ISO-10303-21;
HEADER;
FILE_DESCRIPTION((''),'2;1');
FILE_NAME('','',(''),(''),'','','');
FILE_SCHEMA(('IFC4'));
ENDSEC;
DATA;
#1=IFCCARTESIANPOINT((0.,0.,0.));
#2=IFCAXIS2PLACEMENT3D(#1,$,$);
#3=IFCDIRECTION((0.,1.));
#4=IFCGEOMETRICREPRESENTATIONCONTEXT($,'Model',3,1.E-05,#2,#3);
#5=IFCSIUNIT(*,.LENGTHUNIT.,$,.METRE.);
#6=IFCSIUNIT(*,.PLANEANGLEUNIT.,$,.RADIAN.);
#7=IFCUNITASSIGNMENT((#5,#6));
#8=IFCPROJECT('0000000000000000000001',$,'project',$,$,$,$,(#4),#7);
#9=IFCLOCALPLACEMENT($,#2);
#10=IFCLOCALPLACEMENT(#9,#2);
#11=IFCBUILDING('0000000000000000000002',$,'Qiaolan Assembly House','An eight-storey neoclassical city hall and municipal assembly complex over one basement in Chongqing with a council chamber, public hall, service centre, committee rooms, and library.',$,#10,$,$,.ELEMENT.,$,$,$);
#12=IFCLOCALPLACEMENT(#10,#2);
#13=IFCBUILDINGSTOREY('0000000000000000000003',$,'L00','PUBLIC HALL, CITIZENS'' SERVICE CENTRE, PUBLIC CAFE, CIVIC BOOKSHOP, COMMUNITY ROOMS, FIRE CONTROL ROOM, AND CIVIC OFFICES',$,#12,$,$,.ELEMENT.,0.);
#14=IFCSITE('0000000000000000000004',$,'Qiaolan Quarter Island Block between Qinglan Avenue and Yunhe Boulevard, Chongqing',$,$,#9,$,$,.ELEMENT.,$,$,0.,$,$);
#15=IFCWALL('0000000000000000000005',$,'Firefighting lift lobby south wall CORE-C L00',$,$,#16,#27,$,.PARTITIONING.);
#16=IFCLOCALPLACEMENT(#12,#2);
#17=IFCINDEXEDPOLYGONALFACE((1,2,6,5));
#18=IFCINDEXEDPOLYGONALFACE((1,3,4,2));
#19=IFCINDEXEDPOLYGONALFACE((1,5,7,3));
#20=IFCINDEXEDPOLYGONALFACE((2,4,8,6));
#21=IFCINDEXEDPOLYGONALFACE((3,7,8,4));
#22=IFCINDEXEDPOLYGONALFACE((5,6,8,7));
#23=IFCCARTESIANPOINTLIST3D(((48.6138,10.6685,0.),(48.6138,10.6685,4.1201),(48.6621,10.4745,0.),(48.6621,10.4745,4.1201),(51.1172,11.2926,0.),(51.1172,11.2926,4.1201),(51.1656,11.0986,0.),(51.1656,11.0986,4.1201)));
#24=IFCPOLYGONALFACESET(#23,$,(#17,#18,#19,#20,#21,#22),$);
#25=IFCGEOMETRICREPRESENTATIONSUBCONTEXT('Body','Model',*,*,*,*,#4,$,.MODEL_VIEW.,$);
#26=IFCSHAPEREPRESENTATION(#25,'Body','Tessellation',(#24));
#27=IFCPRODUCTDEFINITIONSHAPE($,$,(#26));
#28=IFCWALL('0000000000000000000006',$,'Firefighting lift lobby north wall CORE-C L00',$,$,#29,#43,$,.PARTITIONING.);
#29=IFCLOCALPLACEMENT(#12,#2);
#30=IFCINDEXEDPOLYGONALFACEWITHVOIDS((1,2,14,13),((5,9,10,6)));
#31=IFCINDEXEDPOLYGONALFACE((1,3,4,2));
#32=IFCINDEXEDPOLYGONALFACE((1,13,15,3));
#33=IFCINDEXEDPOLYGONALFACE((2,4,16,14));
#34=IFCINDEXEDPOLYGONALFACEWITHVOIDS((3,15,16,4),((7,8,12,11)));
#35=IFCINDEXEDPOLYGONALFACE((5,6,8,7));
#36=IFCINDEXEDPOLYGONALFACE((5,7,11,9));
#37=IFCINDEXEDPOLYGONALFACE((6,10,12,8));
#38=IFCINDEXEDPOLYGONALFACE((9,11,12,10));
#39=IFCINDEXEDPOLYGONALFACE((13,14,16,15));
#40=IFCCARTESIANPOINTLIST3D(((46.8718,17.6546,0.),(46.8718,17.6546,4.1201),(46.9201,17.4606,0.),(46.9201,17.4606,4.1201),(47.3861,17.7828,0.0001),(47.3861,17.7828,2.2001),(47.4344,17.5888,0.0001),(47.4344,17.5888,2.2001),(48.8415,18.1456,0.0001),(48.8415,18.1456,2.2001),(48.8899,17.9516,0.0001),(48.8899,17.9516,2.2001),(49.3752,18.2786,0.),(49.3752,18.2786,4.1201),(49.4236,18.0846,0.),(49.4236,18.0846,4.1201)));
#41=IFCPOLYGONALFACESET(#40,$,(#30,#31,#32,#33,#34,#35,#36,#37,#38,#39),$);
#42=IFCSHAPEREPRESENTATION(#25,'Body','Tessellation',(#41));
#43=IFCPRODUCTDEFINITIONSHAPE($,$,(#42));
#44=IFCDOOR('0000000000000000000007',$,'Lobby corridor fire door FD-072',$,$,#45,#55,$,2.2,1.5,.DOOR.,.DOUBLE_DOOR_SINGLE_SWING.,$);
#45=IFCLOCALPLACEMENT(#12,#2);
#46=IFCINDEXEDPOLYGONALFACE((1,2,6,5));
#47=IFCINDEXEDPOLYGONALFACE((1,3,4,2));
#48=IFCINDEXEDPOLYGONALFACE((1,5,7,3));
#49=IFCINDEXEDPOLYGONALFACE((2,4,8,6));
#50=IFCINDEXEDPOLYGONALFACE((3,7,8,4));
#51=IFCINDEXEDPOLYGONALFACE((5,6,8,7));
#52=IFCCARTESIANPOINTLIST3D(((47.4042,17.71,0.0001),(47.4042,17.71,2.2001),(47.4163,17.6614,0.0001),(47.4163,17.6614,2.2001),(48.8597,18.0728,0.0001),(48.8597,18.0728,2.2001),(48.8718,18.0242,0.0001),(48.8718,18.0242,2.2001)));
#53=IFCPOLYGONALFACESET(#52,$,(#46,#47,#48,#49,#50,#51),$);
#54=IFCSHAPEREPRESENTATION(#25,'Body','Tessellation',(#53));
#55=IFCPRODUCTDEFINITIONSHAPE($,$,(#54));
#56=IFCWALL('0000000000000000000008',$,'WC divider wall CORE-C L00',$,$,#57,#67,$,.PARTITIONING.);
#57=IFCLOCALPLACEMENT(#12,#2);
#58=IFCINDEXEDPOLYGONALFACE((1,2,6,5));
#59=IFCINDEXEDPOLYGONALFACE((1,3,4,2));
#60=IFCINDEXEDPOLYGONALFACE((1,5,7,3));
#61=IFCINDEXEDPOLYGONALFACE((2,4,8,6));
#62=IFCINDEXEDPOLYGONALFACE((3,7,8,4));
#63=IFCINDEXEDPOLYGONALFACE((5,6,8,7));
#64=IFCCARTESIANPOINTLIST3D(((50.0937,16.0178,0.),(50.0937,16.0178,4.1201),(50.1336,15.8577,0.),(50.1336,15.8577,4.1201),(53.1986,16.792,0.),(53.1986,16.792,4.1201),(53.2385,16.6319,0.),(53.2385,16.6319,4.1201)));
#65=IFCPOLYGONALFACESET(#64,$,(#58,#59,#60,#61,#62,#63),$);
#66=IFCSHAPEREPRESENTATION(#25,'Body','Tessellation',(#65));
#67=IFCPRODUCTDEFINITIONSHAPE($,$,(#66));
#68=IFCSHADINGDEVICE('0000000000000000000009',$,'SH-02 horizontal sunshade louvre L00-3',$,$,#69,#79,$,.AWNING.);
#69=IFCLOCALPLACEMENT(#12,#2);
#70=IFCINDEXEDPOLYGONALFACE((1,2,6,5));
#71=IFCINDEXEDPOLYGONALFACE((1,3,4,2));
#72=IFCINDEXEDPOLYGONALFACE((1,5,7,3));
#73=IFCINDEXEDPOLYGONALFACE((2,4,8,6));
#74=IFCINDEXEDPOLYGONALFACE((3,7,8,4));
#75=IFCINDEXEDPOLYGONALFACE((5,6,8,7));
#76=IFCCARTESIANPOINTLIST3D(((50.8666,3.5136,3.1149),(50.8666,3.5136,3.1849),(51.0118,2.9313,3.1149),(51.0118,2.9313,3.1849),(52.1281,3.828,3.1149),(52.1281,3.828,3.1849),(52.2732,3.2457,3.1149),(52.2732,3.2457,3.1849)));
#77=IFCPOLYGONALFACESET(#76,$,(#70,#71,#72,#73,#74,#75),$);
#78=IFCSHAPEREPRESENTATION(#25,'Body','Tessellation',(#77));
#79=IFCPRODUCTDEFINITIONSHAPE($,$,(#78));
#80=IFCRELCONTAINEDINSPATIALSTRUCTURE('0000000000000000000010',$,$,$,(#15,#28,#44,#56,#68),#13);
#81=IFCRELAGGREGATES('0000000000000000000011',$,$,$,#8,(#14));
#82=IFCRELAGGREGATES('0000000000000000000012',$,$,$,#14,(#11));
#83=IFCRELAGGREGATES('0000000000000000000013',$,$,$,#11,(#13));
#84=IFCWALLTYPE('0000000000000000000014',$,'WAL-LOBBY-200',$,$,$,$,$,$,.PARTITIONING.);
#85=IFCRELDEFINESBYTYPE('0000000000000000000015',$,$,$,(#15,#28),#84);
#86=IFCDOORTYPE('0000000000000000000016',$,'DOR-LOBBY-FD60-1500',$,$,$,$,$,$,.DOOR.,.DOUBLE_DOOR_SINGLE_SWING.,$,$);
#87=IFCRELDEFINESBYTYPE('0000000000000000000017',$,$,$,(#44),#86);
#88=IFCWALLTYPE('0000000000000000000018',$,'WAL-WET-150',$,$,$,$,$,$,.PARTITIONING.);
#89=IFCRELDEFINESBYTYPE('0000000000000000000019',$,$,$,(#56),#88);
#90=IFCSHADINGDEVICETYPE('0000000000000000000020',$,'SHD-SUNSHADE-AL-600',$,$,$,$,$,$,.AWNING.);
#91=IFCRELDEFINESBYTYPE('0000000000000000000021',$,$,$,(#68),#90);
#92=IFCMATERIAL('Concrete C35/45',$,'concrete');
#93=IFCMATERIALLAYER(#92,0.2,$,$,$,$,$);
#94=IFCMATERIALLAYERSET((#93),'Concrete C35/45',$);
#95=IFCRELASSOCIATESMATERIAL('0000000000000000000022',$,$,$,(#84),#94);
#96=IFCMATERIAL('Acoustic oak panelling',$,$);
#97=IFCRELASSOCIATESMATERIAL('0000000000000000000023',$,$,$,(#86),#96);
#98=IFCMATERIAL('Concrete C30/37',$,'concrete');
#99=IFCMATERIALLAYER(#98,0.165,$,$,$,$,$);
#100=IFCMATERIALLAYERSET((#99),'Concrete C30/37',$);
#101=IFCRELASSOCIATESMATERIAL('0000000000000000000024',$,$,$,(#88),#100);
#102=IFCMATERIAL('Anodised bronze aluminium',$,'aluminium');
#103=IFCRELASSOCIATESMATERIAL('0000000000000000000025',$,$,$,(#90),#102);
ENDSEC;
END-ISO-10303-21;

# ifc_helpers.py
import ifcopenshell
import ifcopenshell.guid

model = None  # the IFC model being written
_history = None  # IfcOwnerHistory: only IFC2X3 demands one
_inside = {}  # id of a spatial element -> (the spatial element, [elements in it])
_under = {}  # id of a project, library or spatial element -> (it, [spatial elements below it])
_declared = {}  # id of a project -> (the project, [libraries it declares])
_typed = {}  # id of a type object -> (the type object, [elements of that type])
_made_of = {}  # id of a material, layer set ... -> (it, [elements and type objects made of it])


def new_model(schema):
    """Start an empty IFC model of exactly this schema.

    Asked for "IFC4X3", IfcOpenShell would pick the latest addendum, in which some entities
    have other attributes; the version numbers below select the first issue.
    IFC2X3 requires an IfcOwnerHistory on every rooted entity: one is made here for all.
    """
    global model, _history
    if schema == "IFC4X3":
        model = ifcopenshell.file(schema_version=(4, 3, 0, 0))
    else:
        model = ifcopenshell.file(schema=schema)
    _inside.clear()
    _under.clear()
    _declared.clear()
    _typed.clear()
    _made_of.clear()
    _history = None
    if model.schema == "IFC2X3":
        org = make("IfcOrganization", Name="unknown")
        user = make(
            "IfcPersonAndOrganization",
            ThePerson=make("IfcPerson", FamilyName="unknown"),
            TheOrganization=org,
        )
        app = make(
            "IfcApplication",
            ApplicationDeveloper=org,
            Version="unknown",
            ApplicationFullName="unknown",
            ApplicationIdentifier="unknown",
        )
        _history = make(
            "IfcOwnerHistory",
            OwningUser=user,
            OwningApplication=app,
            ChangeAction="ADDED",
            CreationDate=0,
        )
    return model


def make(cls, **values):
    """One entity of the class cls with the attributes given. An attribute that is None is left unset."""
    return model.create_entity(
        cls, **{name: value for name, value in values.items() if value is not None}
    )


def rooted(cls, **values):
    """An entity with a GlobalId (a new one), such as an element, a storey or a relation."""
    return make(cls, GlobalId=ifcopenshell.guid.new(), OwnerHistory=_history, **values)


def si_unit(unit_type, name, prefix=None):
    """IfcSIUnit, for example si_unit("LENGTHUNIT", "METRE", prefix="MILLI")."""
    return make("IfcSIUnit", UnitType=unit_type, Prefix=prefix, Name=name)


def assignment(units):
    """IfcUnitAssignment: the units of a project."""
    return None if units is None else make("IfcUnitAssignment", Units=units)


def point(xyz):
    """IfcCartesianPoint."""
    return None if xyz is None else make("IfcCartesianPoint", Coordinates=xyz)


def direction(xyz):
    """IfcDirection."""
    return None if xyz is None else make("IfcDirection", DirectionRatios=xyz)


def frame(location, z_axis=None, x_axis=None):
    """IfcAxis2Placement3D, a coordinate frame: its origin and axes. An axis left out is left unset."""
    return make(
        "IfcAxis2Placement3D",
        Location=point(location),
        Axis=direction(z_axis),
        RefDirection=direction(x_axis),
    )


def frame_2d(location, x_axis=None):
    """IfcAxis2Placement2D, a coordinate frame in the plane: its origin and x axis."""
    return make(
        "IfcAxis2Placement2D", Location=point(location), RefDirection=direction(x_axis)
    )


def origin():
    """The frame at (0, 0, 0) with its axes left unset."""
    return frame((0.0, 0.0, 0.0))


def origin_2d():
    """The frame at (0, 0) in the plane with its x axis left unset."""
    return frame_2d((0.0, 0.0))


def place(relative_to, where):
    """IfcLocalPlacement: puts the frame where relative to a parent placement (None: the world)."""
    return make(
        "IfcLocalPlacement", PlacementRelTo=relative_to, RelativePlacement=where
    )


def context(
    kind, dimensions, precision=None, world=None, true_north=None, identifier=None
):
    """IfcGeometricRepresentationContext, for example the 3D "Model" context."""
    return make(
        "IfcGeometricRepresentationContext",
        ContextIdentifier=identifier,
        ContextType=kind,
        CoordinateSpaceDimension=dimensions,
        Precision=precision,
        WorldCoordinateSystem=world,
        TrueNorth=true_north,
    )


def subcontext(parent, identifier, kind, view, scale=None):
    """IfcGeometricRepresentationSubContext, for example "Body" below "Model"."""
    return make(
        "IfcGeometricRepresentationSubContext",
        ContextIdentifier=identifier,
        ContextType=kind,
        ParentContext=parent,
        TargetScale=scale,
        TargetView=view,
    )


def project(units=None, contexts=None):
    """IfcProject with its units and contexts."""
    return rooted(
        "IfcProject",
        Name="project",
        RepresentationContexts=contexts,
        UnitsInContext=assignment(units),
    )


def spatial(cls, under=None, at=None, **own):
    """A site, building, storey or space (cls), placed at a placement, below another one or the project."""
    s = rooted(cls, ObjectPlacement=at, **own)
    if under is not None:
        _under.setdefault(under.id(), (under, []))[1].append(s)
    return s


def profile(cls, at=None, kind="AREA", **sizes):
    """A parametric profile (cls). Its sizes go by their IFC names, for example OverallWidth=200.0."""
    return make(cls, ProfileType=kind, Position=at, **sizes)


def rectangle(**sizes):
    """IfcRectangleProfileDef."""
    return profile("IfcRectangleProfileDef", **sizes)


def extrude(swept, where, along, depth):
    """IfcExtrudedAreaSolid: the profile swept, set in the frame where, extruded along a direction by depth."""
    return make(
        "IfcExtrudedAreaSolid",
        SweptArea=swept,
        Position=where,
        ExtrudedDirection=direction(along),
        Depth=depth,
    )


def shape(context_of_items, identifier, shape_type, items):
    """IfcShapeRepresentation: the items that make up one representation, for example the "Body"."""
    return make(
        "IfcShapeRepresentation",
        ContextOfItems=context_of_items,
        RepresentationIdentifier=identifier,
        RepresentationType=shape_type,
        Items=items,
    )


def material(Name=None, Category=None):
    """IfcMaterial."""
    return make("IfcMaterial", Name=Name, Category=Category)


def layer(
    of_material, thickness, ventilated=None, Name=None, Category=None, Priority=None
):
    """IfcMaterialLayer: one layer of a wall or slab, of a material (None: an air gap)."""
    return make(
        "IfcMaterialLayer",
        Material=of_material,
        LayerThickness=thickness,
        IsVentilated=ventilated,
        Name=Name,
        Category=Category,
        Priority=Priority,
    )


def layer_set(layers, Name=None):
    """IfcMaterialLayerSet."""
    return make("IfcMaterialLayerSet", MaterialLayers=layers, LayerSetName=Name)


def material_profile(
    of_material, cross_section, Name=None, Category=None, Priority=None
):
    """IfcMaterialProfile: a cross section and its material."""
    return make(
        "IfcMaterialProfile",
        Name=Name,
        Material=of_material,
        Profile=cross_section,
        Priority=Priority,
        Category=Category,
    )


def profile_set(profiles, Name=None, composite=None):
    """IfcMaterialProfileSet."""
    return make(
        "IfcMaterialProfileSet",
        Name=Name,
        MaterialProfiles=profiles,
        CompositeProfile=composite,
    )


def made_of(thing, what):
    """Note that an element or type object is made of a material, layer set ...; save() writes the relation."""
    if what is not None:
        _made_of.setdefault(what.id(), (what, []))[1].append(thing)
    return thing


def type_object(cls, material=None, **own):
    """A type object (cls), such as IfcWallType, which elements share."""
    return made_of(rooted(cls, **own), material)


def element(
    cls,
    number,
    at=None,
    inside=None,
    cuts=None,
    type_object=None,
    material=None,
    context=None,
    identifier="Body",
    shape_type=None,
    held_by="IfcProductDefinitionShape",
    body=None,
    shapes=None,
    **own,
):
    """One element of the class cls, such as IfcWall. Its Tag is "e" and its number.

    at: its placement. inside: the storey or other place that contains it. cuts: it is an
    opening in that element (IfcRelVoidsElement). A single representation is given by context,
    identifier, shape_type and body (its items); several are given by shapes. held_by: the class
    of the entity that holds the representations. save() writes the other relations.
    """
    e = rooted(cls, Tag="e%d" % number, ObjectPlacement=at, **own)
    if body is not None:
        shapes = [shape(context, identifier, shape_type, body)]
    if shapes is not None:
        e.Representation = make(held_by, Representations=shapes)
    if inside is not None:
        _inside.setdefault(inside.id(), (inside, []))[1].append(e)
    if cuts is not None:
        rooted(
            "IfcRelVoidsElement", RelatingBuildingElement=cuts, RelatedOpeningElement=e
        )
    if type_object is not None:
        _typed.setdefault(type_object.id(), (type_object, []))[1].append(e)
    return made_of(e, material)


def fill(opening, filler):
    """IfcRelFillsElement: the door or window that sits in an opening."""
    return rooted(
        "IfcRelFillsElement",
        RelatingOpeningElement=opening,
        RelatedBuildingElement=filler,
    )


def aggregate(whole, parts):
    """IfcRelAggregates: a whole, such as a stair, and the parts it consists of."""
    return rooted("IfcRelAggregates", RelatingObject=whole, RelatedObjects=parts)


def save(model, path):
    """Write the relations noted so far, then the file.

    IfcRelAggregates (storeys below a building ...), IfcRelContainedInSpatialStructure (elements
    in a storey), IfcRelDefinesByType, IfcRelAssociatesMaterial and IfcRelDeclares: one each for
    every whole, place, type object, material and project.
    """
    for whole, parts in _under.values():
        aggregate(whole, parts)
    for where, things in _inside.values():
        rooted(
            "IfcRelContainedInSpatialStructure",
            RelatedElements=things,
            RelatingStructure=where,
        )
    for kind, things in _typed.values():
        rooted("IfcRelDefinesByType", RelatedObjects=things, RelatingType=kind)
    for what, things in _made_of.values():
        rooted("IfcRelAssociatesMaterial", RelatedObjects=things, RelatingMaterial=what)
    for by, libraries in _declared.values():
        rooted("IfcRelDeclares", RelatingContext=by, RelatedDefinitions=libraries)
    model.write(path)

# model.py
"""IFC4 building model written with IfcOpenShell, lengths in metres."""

from ifc_helpers import new_model, si_unit, direction, frame, frame_2d, origin, origin_2d, place, context, subcontext, project, spatial, rectangle, extrude, material, layer, layer_set, material_profile, profile_set, type_object, element, fill, save


model = new_model("IFC4")

# Units and contexts
model_context = context("Model", 3, precision=1e-05, world=origin(), true_north=direction((0.0, 1.0)))
body_context = subcontext(model_context, "Body", "Model", "MODEL_VIEW")
ifc_project = project(units=[si_unit("LENGTHUNIT", "METRE"), si_unit("PLANEANGLEUNIT", "RADIAN")], contexts=[model_context])

# Site, building, storey
site_placement = place(None, origin())
site = spatial("IfcSite", under=ifc_project, at=site_placement, Name="Qiaolan Quarter Island Block between Qinglan Avenue and Yunhe Boulevard, Chongqing", CompositionType="ELEMENT", RefElevation=0.0)
building_placement = place(site_placement, origin())
building = spatial("IfcBuilding", under=site, at=building_placement, Name="Qiaolan Assembly House", Description="An eight-storey neoclassical city hall and municipal assembly complex over one basement in Chongqing with a council chamber, public hall, service centre, committee rooms, and library.", CompositionType="ELEMENT")
storey_placement = place(building_placement, origin())
storey = spatial("IfcBuildingStorey", under=building, at=storey_placement, Name="L00", Description="PUBLIC HALL, CITIZENS' SERVICE CENTRE, PUBLIC CAFE, CIVIC BOOKSHOP, COMMUNITY ROOMS, FIRE CONTROL ROOM, AND CIVIC OFFICES", CompositionType="ELEMENT", Elevation=0.0)

# Shared definitions
ifc_material_1 = material(Name="Anodised bronze aluminium", Category="aluminium")

# Wall
ifc_material_2 = material(Name="Concrete C35/45", Category="concrete")
ifc_layer_1 = layer(ifc_material_2, 0.2)
ifc_layer_set_1 = layer_set([ifc_layer_1], Name="Concrete C35/45")
wall_type_1 = type_object("IfcWallType", Name="WAL-LOBBY-200", PredefinedType="PARTITIONING", material=ifc_layer_set_1)
wall_1_placement = place(storey_placement, frame((48.6379, 10.5715, 0.0), z_axis=(0.0, 0.0, 1.0), x_axis=(0.970309, 0.241868, 0.0)))
element("IfcWall", 1, at=wall_1_placement, inside=storey, type_object=wall_type_1, Name="Firefighting lift lobby south wall CORE-C L00", PredefinedType="PARTITIONING", context=body_context, shape_type="SweptSolid", body=[
    extrude(rectangle(XDim=2.5801, YDim=0.2, at=frame_2d((1.29, 0.0))), origin(), (0.0, 0.0, 1.0), 4.1201),
])

# Wall, opening, door
wall_2_placement = place(storey_placement, frame((49.3994, 18.1816, 0.0), z_axis=(0.0, 0.0, 1.0), x_axis=(-0.970309, -0.241868, 0.0)))
wall_2 = element("IfcWall", 2, at=wall_2_placement, inside=storey, type_object=wall_type_1, Name="Firefighting lift lobby north wall CORE-C L00", PredefinedType="PARTITIONING", context=body_context, shape_type="SweptSolid", body=[
    extrude(rectangle(XDim=2.5801, YDim=0.2, at=frame_2d((1.29, 0.0))), origin(), (0.0, 0.0, 1.0), 4.1201),
])
opening_1_placement = place(wall_2_placement, frame((0.55, 0.0, 0.0)))
opening_1 = element("IfcOpeningElement", 3, at=opening_1_placement, cuts=wall_2, PredefinedType="OPENING", context=body_context, shape_type="SweptSolid", body=[
    extrude(rectangle(XDim=1.5, YDim=2.2, at=frame_2d((0.75, 1.1001))), frame((0.0, 0.1099, 0.0), z_axis=(0.0, -1.0, 0.0), x_axis=(1.0, 0.0, 0.0)), (0.0, 0.0, 1.0), 0.22),
])
ifc_material_3 = material(Name="Acoustic oak panelling")
door_type_1 = type_object("IfcDoorType", Name="DOR-LOBBY-FD60-1500", OperationType="DOUBLE_DOOR_SINGLE_SWING", PredefinedType="DOOR", material=ifc_material_3)
door_1_placement = place(opening_1_placement, frame((1.5, 0.0, 0.0), z_axis=(0.0, 0.0, 1.0), x_axis=(-1.0, 0.0, 0.0)))
door_1 = element("IfcDoor", 4, at=door_1_placement, inside=storey, type_object=door_type_1, Name="Lobby corridor fire door FD-072", OperationType="DOUBLE_DOOR_SINGLE_SWING", OverallHeight=2.2, OverallWidth=1.5, PredefinedType="DOOR", context=body_context, shape_type="SweptSolid", body=[
    extrude(rectangle(XDim=1.5, YDim=2.2, at=frame_2d((0.75, 1.1001))), frame((0.0, 0.0249, 0.0), z_axis=(0.0, -1.0, 0.0), x_axis=(1.0, 0.0, 0.0)), (0.0, 0.0, 1.0), 0.05),
])
fill(opening_1, door_1)
ifc_material_4 = material(Name="Concrete C30/37", Category="concrete")
ifc_layer_2 = layer(ifc_material_4, 0.165)
ifc_layer_set_2 = layer_set([ifc_layer_2], Name="Concrete C30/37")
wall_type_2 = type_object("IfcWallType", Name="WAL-WET-150", PredefinedType="PARTITIONING", material=ifc_layer_set_2)

# Wall
wall_3_placement = place(storey_placement, frame((50.1135, 15.9377, 0.0), z_axis=(0.0, 0.0, 1.0), x_axis=(0.970295, 0.241925, 0.0)))
element("IfcWall", 5, at=wall_3_placement, inside=storey, type_object=wall_type_2, Name="WC divider wall CORE-C L00", PredefinedType="PARTITIONING", context=body_context, shape_type="SweptSolid", body=[
    extrude(rectangle(XDim=3.2, YDim=0.165, at=frame_2d((1.6001, 0.0))), origin(), (0.0, 0.0, 1.0), 4.1201),
])

# Shading device
ifc_material_profile_1 = material_profile(ifc_material_1, rectangle(XDim=0.6001, YDim=0.0701, at=origin_2d()), Name="SHD 600x70")
ifc_profile_set_1 = profile_set([ifc_material_profile_1], Name="Anodised bronze aluminium")
shading_device_type = type_object("IfcShadingDeviceType", Name="SHD-SUNSHADE-AL-600", PredefinedType="AWNING", material=ifc_profile_set_1)
shading_device_placement = place(storey_placement, frame((50.9392, 3.2224, 3.1499), z_axis=(0.970308, 0.241873, 0.0), x_axis=(-0.241873, 0.970308, 0.0)))
element("IfcShadingDevice", 6, at=shading_device_placement, inside=storey, type_object=shading_device_type, Name="SH-02 horizontal sunshade louvre L00-3", PredefinedType="AWNING", context=body_context, shape_type="SweptSolid", body=[
    extrude(rectangle(XDim=0.6001, YDim=0.0701, at=origin_2d()), origin(), (0.0, 0.0, 1.0), 1.3),
])

save(model, "model.ifc")
